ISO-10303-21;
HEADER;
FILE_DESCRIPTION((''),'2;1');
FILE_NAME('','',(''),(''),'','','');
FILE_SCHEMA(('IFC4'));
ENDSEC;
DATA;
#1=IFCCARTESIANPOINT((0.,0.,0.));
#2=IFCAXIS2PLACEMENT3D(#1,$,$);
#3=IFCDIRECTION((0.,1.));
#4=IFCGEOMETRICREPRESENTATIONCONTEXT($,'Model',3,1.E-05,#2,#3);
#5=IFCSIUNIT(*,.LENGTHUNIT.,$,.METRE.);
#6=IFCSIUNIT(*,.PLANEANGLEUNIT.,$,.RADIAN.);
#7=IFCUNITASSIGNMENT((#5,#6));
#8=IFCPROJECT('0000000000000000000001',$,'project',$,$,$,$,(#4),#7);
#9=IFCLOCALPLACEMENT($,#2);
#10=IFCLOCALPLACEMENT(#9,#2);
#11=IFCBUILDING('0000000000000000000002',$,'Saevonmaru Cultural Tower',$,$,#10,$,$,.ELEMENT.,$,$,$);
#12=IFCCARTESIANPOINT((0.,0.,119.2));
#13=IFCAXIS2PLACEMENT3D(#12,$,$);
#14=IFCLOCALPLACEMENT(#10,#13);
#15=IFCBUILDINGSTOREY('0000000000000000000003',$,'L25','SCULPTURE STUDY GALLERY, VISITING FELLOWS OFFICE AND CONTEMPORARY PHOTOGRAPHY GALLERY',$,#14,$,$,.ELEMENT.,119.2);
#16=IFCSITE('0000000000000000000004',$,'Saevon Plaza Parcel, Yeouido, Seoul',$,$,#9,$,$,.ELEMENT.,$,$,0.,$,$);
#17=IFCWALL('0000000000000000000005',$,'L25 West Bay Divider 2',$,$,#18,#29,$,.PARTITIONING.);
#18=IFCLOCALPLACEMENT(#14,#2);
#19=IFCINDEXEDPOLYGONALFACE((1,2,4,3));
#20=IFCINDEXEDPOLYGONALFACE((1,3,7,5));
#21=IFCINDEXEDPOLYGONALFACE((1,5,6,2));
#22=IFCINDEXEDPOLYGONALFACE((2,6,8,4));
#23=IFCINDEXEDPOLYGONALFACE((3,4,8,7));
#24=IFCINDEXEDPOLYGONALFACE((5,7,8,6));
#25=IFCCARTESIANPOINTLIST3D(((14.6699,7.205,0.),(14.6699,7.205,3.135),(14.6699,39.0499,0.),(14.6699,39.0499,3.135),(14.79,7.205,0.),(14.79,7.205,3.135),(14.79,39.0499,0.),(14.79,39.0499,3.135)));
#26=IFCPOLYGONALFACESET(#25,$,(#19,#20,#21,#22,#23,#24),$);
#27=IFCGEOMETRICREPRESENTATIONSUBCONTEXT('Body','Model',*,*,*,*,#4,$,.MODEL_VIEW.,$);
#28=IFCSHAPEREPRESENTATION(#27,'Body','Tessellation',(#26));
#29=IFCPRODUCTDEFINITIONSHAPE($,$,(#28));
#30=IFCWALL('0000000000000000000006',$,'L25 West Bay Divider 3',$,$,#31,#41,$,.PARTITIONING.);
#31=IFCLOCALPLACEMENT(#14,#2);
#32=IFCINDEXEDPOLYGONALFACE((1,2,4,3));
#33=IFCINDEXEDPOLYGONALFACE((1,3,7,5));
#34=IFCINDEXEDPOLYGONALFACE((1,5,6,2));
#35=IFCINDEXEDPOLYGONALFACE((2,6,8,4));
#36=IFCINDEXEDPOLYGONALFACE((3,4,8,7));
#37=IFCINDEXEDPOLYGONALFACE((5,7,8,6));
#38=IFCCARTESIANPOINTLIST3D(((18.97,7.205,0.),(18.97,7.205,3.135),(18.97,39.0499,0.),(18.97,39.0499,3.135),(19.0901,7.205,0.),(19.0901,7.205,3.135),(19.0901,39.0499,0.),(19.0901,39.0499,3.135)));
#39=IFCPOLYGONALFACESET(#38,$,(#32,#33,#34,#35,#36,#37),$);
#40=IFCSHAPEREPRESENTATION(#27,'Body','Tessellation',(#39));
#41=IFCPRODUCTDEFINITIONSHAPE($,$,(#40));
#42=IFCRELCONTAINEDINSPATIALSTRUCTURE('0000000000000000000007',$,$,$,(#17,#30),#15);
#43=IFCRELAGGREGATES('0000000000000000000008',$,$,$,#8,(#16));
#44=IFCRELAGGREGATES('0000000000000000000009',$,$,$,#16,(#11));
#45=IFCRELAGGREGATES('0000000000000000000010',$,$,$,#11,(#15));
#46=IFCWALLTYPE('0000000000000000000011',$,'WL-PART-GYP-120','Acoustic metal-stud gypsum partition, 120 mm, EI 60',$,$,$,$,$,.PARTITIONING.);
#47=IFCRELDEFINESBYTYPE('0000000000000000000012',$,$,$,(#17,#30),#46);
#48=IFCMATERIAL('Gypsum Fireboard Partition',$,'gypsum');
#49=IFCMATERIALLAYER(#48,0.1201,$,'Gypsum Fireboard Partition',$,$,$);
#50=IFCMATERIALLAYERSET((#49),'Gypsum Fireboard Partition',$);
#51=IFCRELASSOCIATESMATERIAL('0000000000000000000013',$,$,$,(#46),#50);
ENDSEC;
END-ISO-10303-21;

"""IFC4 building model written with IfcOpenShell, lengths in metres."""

from ifc_helpers import new_model, si_unit, direction, frame, frame_2d, origin, place, context, subcontext, project, spatial, rectangle, extrude, material, layer, layer_set, type_object, element, save


model = new_model("IFC4")

# Units and contexts
model_context = context("Model", 3, precision=1e-05, world=origin(), true_north=direction((0.0, 1.0)))
body_context = subcontext(model_context, "Body", "Model", "MODEL_VIEW")
ifc_project = project(units=[si_unit("LENGTHUNIT", "METRE"), si_unit("PLANEANGLEUNIT", "RADIAN")], contexts=[model_context])

# Site, building, storey
site_placement = place(None, origin())
site = spatial("IfcSite", under=ifc_project, at=site_placement, Name="Saevon Plaza Parcel, Yeouido, Seoul", CompositionType="ELEMENT", RefElevation=0.0)
building_placement = place(site_placement, origin())
building = spatial("IfcBuilding", under=site, at=building_placement, Name="Saevonmaru Cultural Tower", CompositionType="ELEMENT")
storey_placement = place(building_placement, frame((0.0, 0.0, 119.2)))
storey = spatial("IfcBuildingStorey", under=building, at=storey_placement, Name="L25", Description="SCULPTURE STUDY GALLERY, VISITING FELLOWS OFFICE AND CONTEMPORARY PHOTOGRAPHY GALLERY", CompositionType="ELEMENT", Elevation=119.2)

# Walls
ifc_material_1 = material(Name="Gypsum Fireboard Partition", Category="gypsum")
ifc_layer_1 = layer(ifc_material_1, 0.1201, Name="Gypsum Fireboard Partition")
ifc_layer_set_1 = layer_set([ifc_layer_1], Name="Gypsum Fireboard Partition")
wall_type_1 = type_object("IfcWallType", Name="WL-PART-GYP-120", Description="Acoustic metal-stud gypsum partition, 120 mm, EI 60", PredefinedType="PARTITIONING", material=ifc_layer_set_1)
for number, where, z_axis, x_axis, name in (
    (1, (14.73, 7.2051, 0.0), (0.0, 0.0, 1.0), (0.0, 1.0, 0.0), "L25 West Bay Divider 2"),
    (2, (19.03, 7.2051, 0.0), (0.0, 0.0, 1.0), (0.0, 1.0, 0.0), "L25 West Bay Divider 3"),
):
    element("IfcWall", number, at=place(storey_placement, frame(where, z_axis=z_axis, x_axis=x_axis)), inside=storey, type_object=wall_type_1, Name=name, PredefinedType="PARTITIONING", context=body_context, shape_type="SweptSolid", body=[
        extrude(rectangle(XDim=31.845, YDim=0.1201, at=frame_2d((15.9224, 0.0))), origin(), (0.0, 0.0, 1.0), 3.135),
    ])

save(model, "model.ifc")
